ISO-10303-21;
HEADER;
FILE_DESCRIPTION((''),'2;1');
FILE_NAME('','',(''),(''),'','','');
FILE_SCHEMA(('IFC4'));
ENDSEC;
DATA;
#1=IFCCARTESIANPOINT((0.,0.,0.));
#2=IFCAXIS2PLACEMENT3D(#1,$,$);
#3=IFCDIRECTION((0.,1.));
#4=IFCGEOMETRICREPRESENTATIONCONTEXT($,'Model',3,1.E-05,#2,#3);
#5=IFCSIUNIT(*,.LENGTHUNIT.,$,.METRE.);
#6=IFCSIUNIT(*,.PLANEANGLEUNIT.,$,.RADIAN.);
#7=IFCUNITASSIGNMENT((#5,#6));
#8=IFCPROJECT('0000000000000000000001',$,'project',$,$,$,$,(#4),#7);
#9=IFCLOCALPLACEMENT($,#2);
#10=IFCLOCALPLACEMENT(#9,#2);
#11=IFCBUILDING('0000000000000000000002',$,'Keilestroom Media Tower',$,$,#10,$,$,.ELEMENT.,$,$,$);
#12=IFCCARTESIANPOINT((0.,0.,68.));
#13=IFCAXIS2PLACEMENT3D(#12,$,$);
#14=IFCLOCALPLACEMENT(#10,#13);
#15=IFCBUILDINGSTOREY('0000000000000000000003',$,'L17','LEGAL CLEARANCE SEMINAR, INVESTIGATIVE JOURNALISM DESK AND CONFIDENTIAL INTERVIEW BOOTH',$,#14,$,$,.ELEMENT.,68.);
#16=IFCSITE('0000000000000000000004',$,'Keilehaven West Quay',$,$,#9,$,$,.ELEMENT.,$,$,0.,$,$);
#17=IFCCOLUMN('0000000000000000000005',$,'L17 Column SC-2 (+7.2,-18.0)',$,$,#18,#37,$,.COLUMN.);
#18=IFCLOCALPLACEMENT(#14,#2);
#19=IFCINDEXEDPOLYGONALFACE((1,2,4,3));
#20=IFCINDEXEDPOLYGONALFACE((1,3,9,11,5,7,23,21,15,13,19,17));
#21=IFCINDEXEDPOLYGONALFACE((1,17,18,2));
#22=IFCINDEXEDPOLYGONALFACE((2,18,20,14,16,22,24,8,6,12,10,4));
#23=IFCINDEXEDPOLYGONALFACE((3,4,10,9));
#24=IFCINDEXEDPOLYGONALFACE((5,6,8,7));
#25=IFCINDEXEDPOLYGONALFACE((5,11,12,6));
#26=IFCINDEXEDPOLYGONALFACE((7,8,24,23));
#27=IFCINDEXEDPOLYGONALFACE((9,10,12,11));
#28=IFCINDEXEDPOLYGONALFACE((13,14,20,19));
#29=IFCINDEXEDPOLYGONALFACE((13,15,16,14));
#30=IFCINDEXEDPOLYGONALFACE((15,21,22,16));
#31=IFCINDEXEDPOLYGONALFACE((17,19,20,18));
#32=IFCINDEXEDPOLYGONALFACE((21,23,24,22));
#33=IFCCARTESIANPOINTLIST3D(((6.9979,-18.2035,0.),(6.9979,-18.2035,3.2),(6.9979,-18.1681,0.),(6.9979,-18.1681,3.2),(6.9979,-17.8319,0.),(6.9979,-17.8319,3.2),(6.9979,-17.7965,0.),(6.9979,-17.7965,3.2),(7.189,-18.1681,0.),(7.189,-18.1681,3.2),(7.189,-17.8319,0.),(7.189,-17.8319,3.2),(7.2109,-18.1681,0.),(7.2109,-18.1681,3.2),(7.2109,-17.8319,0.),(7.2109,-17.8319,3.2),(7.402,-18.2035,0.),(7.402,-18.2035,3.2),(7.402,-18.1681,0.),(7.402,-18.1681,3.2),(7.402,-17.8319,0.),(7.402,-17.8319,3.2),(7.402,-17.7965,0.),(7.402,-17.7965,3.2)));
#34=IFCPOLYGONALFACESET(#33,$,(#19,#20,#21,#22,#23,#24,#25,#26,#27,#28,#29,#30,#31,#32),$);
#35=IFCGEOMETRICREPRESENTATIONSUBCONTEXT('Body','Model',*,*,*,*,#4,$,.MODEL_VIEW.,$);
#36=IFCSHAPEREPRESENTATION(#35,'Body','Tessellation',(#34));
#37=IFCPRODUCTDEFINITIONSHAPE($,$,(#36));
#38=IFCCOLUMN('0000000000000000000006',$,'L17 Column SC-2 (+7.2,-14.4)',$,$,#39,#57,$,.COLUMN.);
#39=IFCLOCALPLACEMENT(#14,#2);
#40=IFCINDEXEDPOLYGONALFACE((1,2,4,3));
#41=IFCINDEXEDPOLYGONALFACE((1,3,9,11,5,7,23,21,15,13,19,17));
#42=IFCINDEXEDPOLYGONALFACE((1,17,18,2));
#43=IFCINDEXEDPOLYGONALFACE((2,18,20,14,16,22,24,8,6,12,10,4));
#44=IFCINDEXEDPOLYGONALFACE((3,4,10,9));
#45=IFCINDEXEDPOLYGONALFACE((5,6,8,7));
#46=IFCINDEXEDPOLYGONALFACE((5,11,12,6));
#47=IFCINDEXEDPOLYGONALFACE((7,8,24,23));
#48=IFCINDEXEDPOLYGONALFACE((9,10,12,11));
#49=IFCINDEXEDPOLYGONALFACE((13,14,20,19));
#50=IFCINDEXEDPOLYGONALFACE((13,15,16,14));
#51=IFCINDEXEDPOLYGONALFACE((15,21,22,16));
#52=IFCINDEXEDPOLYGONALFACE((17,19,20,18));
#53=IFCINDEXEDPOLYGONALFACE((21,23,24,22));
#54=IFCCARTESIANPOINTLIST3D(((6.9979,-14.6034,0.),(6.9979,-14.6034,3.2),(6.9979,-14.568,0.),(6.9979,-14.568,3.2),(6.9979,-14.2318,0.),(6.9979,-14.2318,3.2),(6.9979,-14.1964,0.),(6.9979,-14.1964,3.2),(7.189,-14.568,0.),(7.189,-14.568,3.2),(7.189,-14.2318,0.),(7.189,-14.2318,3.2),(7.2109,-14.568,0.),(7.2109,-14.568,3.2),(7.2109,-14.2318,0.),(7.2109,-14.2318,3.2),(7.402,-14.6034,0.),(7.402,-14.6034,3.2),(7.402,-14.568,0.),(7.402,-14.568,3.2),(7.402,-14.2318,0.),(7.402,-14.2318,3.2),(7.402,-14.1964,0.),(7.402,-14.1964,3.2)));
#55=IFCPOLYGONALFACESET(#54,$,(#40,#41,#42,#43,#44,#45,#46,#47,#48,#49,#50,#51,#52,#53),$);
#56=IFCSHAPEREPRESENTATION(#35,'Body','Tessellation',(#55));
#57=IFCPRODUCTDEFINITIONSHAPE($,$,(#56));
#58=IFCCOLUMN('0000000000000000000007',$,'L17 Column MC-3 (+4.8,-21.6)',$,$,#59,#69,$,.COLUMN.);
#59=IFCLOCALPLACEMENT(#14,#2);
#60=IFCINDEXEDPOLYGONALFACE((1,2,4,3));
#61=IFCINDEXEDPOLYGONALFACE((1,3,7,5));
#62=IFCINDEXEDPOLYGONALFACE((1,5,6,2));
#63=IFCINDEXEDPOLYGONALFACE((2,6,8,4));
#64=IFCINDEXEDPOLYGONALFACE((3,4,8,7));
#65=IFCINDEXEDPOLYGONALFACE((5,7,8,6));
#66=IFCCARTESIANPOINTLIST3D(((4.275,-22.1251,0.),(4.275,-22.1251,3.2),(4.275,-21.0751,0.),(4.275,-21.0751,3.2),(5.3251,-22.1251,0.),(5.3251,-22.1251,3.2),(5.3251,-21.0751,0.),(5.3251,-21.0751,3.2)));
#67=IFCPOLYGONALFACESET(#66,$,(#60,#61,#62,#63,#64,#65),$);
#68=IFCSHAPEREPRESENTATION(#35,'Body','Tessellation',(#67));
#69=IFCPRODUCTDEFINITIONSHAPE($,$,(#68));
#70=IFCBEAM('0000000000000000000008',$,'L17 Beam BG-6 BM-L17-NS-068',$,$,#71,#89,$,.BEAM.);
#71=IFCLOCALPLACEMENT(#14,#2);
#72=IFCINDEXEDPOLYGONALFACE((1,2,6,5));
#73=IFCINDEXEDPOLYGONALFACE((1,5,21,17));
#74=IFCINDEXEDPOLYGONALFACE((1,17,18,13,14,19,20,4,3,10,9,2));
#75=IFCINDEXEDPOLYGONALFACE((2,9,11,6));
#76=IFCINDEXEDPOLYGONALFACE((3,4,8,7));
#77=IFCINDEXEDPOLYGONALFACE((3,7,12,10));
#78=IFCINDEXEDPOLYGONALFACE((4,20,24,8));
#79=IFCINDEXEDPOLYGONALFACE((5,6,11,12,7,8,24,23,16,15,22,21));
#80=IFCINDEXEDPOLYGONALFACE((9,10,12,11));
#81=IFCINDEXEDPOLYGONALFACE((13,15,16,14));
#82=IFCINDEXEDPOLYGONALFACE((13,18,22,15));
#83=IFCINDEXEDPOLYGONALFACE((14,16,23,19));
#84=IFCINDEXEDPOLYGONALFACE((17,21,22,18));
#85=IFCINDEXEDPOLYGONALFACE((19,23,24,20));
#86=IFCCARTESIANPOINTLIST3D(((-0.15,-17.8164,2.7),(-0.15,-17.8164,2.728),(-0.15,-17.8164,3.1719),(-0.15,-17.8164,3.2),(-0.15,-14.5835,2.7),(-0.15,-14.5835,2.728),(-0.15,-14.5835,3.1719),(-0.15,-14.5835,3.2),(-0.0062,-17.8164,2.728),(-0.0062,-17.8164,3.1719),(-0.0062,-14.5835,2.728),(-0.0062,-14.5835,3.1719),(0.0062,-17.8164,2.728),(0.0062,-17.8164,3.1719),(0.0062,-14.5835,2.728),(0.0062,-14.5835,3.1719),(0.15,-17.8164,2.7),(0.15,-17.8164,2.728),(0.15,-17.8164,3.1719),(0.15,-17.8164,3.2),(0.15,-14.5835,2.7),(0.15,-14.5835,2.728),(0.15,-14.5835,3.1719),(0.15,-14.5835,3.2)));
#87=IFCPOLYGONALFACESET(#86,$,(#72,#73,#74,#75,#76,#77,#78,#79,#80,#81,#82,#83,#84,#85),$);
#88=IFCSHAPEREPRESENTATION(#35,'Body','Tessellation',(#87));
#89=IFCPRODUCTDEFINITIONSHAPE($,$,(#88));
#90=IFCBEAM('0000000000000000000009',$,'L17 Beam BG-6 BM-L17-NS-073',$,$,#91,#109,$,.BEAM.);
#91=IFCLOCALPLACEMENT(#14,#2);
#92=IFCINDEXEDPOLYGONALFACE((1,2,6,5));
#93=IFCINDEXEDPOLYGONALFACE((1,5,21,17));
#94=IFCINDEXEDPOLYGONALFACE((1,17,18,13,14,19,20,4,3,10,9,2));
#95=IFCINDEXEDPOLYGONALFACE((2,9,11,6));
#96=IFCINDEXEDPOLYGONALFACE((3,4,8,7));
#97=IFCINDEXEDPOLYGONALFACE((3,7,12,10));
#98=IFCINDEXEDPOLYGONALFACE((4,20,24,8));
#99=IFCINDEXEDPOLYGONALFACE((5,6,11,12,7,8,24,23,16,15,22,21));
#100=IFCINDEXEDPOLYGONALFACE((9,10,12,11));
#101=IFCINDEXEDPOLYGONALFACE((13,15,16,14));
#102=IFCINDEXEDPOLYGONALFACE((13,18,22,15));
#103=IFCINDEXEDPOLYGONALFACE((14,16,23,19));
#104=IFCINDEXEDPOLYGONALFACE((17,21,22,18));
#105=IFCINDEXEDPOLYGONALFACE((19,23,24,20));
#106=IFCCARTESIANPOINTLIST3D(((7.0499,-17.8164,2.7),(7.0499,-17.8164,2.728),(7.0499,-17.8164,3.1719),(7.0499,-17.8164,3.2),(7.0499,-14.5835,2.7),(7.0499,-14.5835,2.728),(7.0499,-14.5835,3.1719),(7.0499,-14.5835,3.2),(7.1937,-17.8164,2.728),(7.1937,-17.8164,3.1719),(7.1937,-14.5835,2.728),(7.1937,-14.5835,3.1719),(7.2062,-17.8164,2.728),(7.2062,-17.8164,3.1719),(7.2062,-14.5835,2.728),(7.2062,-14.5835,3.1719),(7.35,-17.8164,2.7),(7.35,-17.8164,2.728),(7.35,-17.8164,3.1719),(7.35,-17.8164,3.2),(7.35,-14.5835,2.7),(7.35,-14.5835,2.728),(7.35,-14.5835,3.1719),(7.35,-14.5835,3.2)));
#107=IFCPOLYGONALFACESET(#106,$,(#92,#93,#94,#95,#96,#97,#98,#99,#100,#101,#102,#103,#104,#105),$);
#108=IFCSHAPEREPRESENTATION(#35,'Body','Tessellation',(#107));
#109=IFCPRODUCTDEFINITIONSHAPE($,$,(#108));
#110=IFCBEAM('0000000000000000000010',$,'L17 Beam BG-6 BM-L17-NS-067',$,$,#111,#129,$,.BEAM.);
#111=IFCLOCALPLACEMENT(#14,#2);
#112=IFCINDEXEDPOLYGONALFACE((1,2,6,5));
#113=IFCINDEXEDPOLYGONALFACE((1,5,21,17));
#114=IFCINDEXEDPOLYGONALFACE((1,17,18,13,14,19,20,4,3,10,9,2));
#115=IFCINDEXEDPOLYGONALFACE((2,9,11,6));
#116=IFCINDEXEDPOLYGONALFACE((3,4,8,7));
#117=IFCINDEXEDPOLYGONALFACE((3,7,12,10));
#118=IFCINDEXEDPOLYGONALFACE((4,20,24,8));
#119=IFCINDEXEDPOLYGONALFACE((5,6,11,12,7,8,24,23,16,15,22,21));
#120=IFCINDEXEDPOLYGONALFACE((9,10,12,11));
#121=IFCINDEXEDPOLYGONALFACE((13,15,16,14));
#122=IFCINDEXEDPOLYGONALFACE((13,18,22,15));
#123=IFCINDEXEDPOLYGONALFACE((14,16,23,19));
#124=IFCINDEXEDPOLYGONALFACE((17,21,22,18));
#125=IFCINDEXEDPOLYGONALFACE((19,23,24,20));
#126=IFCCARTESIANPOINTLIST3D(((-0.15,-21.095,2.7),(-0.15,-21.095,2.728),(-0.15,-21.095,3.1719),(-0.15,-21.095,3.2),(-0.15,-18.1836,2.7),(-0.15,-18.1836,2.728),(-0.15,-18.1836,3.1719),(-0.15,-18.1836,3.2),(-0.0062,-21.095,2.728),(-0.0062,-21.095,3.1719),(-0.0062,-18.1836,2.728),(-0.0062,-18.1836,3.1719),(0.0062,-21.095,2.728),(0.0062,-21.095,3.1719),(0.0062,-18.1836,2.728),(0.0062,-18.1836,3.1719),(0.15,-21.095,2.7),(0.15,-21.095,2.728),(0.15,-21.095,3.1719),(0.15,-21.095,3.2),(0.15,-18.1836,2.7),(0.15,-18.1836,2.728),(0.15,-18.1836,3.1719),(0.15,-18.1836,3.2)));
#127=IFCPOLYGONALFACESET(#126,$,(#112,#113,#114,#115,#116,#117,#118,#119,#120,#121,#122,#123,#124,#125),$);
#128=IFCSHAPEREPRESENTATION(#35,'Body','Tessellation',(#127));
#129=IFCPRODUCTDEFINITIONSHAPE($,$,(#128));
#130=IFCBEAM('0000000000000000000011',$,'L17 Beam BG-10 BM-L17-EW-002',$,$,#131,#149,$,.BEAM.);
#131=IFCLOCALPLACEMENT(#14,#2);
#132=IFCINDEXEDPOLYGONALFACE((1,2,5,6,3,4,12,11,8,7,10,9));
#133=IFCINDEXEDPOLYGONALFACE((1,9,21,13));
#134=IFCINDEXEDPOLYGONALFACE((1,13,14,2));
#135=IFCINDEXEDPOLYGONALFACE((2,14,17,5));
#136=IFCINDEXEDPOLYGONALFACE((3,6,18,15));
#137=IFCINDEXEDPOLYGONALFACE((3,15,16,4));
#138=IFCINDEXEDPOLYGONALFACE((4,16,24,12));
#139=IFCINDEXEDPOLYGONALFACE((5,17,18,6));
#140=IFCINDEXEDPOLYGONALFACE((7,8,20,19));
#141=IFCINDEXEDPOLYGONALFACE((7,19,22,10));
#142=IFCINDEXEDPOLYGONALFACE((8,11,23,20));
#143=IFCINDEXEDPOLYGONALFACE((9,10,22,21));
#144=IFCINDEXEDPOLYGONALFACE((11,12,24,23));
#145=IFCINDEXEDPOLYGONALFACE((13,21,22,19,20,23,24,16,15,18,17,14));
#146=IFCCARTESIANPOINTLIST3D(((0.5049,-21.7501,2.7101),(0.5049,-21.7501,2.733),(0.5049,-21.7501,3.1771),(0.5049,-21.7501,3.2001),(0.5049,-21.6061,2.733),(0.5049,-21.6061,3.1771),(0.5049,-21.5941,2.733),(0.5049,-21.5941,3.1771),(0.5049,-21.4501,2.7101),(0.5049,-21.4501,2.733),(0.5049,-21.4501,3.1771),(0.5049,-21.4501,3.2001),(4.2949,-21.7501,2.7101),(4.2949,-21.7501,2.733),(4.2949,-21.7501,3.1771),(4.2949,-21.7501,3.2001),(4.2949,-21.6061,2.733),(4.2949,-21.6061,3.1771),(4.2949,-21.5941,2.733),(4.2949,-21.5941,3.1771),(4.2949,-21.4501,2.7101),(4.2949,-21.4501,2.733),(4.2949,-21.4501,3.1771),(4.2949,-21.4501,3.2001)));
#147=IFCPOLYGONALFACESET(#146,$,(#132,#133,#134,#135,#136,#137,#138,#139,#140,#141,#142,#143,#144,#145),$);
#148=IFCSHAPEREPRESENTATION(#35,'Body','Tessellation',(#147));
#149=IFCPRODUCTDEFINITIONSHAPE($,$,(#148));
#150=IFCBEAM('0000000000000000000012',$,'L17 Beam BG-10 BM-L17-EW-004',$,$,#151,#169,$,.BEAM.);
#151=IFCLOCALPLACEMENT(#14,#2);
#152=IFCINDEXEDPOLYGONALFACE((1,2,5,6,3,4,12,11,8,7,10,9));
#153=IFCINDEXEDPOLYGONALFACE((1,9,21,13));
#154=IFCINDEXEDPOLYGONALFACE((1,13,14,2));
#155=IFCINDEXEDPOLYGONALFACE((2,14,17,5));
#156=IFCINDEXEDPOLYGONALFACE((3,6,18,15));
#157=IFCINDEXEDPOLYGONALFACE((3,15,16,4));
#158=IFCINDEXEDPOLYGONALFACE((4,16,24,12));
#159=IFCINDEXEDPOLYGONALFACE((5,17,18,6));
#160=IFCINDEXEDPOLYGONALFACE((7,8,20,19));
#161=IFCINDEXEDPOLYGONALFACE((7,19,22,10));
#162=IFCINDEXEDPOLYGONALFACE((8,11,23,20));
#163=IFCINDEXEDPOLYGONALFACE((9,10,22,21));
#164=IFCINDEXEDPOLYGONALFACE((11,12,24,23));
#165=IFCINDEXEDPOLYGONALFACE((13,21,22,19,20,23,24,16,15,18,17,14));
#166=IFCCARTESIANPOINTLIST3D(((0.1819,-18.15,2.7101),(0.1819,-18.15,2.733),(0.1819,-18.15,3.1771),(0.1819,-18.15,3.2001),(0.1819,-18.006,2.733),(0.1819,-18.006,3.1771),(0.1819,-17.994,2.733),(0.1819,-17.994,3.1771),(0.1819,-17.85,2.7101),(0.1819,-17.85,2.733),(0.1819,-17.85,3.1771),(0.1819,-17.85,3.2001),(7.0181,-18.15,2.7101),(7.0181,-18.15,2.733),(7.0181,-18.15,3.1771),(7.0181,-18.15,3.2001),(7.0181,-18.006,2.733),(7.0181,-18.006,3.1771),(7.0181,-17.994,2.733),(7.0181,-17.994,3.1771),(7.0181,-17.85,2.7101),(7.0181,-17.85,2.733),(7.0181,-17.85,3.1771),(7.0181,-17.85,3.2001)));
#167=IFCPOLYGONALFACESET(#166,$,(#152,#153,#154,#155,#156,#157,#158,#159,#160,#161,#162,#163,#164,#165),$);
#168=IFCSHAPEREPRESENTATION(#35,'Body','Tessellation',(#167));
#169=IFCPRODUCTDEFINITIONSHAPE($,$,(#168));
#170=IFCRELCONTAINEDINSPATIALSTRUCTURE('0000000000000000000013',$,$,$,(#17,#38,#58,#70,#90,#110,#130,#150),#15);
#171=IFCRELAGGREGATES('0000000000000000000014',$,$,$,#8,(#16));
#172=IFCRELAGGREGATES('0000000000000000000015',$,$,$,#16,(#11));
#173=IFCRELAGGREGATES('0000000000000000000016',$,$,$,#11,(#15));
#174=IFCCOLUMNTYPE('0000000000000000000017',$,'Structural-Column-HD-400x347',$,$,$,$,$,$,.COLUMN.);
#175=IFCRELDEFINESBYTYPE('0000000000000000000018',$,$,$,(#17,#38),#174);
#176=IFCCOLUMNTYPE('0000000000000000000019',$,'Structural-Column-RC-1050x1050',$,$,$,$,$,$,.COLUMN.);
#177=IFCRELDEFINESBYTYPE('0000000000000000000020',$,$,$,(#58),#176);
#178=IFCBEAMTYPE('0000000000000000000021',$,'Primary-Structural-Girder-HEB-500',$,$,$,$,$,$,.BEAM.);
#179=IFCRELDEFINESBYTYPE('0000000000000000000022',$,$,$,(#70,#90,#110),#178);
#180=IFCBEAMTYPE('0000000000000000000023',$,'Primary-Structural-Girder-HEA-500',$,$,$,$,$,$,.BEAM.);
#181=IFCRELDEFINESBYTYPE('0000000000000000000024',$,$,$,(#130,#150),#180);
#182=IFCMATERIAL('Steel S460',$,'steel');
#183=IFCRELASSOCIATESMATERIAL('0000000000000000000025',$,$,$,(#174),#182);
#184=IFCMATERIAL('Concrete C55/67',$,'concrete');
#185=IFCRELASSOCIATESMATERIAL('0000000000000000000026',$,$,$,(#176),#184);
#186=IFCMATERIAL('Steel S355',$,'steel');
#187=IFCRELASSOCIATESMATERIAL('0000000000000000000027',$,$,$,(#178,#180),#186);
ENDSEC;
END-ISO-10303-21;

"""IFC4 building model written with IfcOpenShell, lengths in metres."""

from ifc_helpers import new_model, si_unit, direction, frame, origin, origin_2d, place, context, subcontext, project, spatial, rectangle, i_section, extrude, source, transform, mapped, material, material_profile, profile_set, type_object, element, save


model = new_model("IFC4")

# Units and contexts
model_context = context("Model", 3, precision=1e-05, world=origin(), true_north=direction((0.0, 1.0)))
body_context = subcontext(model_context, "Body", "Model", "MODEL_VIEW")
ifc_project = project(units=[si_unit("LENGTHUNIT", "METRE"), si_unit("PLANEANGLEUNIT", "RADIAN")], contexts=[model_context])

# Site, building, storey
site_placement = place(None, origin())
site = spatial("IfcSite", under=ifc_project, at=site_placement, Name="Keilehaven West Quay", CompositionType="ELEMENT", RefElevation=0.0)
building_placement = place(site_placement, origin())
building = spatial("IfcBuilding", under=site, at=building_placement, Name="Keilestroom Media Tower", CompositionType="ELEMENT")
storey_placement = place(building_placement, frame((0.0, 0.0, 68.0)))
storey = spatial("IfcBuildingStorey", under=building, at=storey_placement, Name="L17", Description="LEGAL CLEARANCE SEMINAR, INVESTIGATIVE JOURNALISM DESK AND CONFIDENTIAL INTERVIEW BOOTH", CompositionType="ELEMENT", Elevation=68.0)

# Columns
ifc_material_1 = material(Name="Steel S460", Category="steel")
ifc_material_profile_1 = material_profile(ifc_material_1, i_section(OverallWidth=0.4041, OverallDepth=0.407, WebThickness=0.022, FlangeThickness=0.0354, at=origin_2d()), Name="HD 400x347")
ifc_profile_set_1 = profile_set([ifc_material_profile_1], Name="Steel S460")
column_type_1 = type_object("IfcColumnType", Name="Structural-Column-HD-400x347", PredefinedType="COLUMN", material=ifc_profile_set_1)
shared_shape_1 = source(origin(), body_context, "Body", "SweptSolid", [
    extrude(i_section(OverallWidth=0.4041, OverallDepth=0.407, WebThickness=0.022, FlangeThickness=0.0354, at=origin_2d()), origin(), (0.0, 0.0, 1.0), 3.2),
])
for number, where, z_axis, x_axis, name in (
    (1, (7.2, -18.0, 0.0), (0.0, 0.0, 1.0), (1.0, 0.0, 0.0), "L17 Column SC-2 (+7.2,-18.0)"),
    (2, (7.2, -14.3999, 0.0), (0.0, 0.0, 1.0), (1.0, 0.0, 0.0), "L17 Column SC-2 (+7.2,-14.4)"),
):
    element("IfcColumn", number, at=place(storey_placement, frame(where, z_axis=z_axis, x_axis=x_axis)), inside=storey, type_object=column_type_1, Name=name, PredefinedType="COLUMN", context=body_context, shape_type="MappedRepresentation", body=[
        mapped(shared_shape_1, transform((0.0, 0.0, 0.0), x_axis=(1.0, 0.0, 0.0), y_axis=(0.0, 1.0, 0.0), z_axis=(0.0, 0.0, 1.0), scale=1.0)),
    ])
ifc_material_2 = material(Name="Concrete C55/67", Category="concrete")
ifc_material_profile_2 = material_profile(ifc_material_2, rectangle(XDim=1.05, YDim=1.05, at=origin_2d()), Name="RC 1050x1050")
ifc_profile_set_2 = profile_set([ifc_material_profile_2], Name="Concrete C55/67")
column_type_2 = type_object("IfcColumnType", Name="Structural-Column-RC-1050x1050", PredefinedType="COLUMN", material=ifc_profile_set_2)
shared_shape_2 = source(origin(), body_context, "Body", "SweptSolid", [
    extrude(rectangle(XDim=1.05, YDim=1.05, at=origin_2d()), origin(), (0.0, 0.0, 1.0), 3.2),
])
column_placement = place(storey_placement, frame((4.8, -21.6001, 0.0), z_axis=(0.0, 0.0, 1.0), x_axis=(1.0, 0.0, 0.0)))
element("IfcColumn", 3, at=column_placement, inside=storey, type_object=column_type_2, Name="L17 Column MC-3 (+4.8,-21.6)", PredefinedType="COLUMN", context=body_context, shape_type="MappedRepresentation", body=[
    mapped(shared_shape_2, transform((0.0, 0.0, 0.0), x_axis=(1.0, 0.0, 0.0), y_axis=(0.0, 1.0, 0.0), z_axis=(0.0, 0.0, 1.0), scale=1.0)),
])

# Beams
ifc_material_3 = material(Name="Steel S355", Category="steel")
ifc_material_profile_3 = material_profile(ifc_material_3, i_section(OverallWidth=0.3, OverallDepth=0.5, WebThickness=0.0125, FlangeThickness=0.0281, at=origin_2d()), Name="HEB 500")
ifc_profile_set_3 = profile_set([ifc_material_profile_3], Name="Steel S355")
beam_type_1 = type_object("IfcBeamType", Name="Primary-Structural-Girder-HEB-500", PredefinedType="BEAM", material=ifc_profile_set_3)
shared_shape_3 = source(origin(), body_context, "Body", "SweptSolid", [
    extrude(i_section(OverallWidth=0.3, OverallDepth=0.5, WebThickness=0.0125, FlangeThickness=0.0281, at=origin_2d()), origin(), (0.0, 0.0, 1.0), 3.2329),
])
for number, where, z_axis, x_axis, name in (
    (4, (0.0, -17.8164, 2.95), (0.0, 1.0, 0.0), (-1.0, 0.0, 0.0), "L17 Beam BG-6 BM-L17-NS-068"),
    (5, (7.2, -17.8164, 2.95), (0.0, 1.0, 0.0), (-1.0, 0.0, 0.0), "L17 Beam BG-6 BM-L17-NS-073"),
):
    element("IfcBeam", number, at=place(storey_placement, frame(where, z_axis=z_axis, x_axis=x_axis)), inside=storey, type_object=beam_type_1, Name=name, PredefinedType="BEAM", context=body_context, shape_type="MappedRepresentation", body=[
        mapped(shared_shape_3, transform((0.0, 0.0, 0.0), x_axis=(1.0, 0.0, 0.0), y_axis=(0.0, 1.0, 0.0), z_axis=(0.0, 0.0, 1.0), scale=1.0)),
    ])
shared_shape_4 = source(origin(), body_context, "Body", "SweptSolid", [
    extrude(i_section(OverallWidth=0.3, OverallDepth=0.5, WebThickness=0.0125, FlangeThickness=0.0281, at=origin_2d()), origin(), (0.0, 0.0, 1.0), 2.9114),
])
beam_1_placement = place(storey_placement, frame((0.0, -21.095, 2.95), z_axis=(0.0, 1.0, 0.0), x_axis=(-1.0, 0.0, 0.0)))
element("IfcBeam", 6, at=beam_1_placement, inside=storey, type_object=beam_type_1, Name="L17 Beam BG-6 BM-L17-NS-067", PredefinedType="BEAM", context=body_context, shape_type="MappedRepresentation", body=[
    mapped(shared_shape_4, transform((0.0, 0.0, 0.0), x_axis=(1.0, 0.0, 0.0), y_axis=(0.0, 1.0, 0.0), z_axis=(0.0, 0.0, 1.0), scale=1.0)),
])
ifc_material_profile_4 = material_profile(ifc_material_3, i_section(OverallWidth=0.3, OverallDepth=0.49, WebThickness=0.012, FlangeThickness=0.0229, at=origin_2d()), Name="HEA 500")
ifc_profile_set_4 = profile_set([ifc_material_profile_4], Name="Steel S355")
beam_type_2 = type_object("IfcBeamType", Name="Primary-Structural-Girder-HEA-500", PredefinedType="BEAM", material=ifc_profile_set_4)
shared_shape_5 = source(origin(), body_context, "Body", "SweptSolid", [
    extrude(i_section(OverallWidth=0.3, OverallDepth=0.49, WebThickness=0.012, FlangeThickness=0.0229, at=origin_2d()), origin(), (0.0, 0.0, 1.0), 3.79),
])
beam_2_placement = place(storey_placement, frame((0.5049, -21.6001, 2.9551), z_axis=(1.0, 0.0, 0.0), x_axis=(0.0, 1.0, 0.0)))
element("IfcBeam", 7, at=beam_2_placement, inside=storey, type_object=beam_type_2, Name="L17 Beam BG-10 BM-L17-EW-002", PredefinedType="BEAM", context=body_context, shape_type="MappedRepresentation", body=[
    mapped(shared_shape_5, transform((0.0, 0.0, 0.0), x_axis=(1.0, 0.0, 0.0), y_axis=(0.0, 1.0, 0.0), z_axis=(0.0, 0.0, 1.0), scale=1.0)),
])
shared_shape_6 = source(origin(), body_context, "Body", "SweptSolid", [
    extrude(i_section(OverallWidth=0.3, OverallDepth=0.49, WebThickness=0.012, FlangeThickness=0.0229, at=origin_2d()), origin(), (0.0, 0.0, 1.0), 6.8362),
])
for number, where, z_axis, x_axis, name in (
    (8, (0.1819, -18.0, 2.9551), (1.0, 0.0, 0.0), (0.0, 1.0, 0.0), "L17 Beam BG-10 BM-L17-EW-004"),
):
    element("IfcBeam", number, at=place(storey_placement, frame(where, z_axis=z_axis, x_axis=x_axis)), inside=storey, type_object=beam_type_2, Name=name, PredefinedType="BEAM", context=body_context, shape_type="MappedRepresentation", body=[
        mapped(shared_shape_6, transform((0.0, 0.0, 0.0), x_axis=(1.0, 0.0, 0.0), y_axis=(0.0, 1.0, 0.0), z_axis=(0.0, 0.0, 1.0), scale=1.0)),
    ])

save(model, "model.ifc")
